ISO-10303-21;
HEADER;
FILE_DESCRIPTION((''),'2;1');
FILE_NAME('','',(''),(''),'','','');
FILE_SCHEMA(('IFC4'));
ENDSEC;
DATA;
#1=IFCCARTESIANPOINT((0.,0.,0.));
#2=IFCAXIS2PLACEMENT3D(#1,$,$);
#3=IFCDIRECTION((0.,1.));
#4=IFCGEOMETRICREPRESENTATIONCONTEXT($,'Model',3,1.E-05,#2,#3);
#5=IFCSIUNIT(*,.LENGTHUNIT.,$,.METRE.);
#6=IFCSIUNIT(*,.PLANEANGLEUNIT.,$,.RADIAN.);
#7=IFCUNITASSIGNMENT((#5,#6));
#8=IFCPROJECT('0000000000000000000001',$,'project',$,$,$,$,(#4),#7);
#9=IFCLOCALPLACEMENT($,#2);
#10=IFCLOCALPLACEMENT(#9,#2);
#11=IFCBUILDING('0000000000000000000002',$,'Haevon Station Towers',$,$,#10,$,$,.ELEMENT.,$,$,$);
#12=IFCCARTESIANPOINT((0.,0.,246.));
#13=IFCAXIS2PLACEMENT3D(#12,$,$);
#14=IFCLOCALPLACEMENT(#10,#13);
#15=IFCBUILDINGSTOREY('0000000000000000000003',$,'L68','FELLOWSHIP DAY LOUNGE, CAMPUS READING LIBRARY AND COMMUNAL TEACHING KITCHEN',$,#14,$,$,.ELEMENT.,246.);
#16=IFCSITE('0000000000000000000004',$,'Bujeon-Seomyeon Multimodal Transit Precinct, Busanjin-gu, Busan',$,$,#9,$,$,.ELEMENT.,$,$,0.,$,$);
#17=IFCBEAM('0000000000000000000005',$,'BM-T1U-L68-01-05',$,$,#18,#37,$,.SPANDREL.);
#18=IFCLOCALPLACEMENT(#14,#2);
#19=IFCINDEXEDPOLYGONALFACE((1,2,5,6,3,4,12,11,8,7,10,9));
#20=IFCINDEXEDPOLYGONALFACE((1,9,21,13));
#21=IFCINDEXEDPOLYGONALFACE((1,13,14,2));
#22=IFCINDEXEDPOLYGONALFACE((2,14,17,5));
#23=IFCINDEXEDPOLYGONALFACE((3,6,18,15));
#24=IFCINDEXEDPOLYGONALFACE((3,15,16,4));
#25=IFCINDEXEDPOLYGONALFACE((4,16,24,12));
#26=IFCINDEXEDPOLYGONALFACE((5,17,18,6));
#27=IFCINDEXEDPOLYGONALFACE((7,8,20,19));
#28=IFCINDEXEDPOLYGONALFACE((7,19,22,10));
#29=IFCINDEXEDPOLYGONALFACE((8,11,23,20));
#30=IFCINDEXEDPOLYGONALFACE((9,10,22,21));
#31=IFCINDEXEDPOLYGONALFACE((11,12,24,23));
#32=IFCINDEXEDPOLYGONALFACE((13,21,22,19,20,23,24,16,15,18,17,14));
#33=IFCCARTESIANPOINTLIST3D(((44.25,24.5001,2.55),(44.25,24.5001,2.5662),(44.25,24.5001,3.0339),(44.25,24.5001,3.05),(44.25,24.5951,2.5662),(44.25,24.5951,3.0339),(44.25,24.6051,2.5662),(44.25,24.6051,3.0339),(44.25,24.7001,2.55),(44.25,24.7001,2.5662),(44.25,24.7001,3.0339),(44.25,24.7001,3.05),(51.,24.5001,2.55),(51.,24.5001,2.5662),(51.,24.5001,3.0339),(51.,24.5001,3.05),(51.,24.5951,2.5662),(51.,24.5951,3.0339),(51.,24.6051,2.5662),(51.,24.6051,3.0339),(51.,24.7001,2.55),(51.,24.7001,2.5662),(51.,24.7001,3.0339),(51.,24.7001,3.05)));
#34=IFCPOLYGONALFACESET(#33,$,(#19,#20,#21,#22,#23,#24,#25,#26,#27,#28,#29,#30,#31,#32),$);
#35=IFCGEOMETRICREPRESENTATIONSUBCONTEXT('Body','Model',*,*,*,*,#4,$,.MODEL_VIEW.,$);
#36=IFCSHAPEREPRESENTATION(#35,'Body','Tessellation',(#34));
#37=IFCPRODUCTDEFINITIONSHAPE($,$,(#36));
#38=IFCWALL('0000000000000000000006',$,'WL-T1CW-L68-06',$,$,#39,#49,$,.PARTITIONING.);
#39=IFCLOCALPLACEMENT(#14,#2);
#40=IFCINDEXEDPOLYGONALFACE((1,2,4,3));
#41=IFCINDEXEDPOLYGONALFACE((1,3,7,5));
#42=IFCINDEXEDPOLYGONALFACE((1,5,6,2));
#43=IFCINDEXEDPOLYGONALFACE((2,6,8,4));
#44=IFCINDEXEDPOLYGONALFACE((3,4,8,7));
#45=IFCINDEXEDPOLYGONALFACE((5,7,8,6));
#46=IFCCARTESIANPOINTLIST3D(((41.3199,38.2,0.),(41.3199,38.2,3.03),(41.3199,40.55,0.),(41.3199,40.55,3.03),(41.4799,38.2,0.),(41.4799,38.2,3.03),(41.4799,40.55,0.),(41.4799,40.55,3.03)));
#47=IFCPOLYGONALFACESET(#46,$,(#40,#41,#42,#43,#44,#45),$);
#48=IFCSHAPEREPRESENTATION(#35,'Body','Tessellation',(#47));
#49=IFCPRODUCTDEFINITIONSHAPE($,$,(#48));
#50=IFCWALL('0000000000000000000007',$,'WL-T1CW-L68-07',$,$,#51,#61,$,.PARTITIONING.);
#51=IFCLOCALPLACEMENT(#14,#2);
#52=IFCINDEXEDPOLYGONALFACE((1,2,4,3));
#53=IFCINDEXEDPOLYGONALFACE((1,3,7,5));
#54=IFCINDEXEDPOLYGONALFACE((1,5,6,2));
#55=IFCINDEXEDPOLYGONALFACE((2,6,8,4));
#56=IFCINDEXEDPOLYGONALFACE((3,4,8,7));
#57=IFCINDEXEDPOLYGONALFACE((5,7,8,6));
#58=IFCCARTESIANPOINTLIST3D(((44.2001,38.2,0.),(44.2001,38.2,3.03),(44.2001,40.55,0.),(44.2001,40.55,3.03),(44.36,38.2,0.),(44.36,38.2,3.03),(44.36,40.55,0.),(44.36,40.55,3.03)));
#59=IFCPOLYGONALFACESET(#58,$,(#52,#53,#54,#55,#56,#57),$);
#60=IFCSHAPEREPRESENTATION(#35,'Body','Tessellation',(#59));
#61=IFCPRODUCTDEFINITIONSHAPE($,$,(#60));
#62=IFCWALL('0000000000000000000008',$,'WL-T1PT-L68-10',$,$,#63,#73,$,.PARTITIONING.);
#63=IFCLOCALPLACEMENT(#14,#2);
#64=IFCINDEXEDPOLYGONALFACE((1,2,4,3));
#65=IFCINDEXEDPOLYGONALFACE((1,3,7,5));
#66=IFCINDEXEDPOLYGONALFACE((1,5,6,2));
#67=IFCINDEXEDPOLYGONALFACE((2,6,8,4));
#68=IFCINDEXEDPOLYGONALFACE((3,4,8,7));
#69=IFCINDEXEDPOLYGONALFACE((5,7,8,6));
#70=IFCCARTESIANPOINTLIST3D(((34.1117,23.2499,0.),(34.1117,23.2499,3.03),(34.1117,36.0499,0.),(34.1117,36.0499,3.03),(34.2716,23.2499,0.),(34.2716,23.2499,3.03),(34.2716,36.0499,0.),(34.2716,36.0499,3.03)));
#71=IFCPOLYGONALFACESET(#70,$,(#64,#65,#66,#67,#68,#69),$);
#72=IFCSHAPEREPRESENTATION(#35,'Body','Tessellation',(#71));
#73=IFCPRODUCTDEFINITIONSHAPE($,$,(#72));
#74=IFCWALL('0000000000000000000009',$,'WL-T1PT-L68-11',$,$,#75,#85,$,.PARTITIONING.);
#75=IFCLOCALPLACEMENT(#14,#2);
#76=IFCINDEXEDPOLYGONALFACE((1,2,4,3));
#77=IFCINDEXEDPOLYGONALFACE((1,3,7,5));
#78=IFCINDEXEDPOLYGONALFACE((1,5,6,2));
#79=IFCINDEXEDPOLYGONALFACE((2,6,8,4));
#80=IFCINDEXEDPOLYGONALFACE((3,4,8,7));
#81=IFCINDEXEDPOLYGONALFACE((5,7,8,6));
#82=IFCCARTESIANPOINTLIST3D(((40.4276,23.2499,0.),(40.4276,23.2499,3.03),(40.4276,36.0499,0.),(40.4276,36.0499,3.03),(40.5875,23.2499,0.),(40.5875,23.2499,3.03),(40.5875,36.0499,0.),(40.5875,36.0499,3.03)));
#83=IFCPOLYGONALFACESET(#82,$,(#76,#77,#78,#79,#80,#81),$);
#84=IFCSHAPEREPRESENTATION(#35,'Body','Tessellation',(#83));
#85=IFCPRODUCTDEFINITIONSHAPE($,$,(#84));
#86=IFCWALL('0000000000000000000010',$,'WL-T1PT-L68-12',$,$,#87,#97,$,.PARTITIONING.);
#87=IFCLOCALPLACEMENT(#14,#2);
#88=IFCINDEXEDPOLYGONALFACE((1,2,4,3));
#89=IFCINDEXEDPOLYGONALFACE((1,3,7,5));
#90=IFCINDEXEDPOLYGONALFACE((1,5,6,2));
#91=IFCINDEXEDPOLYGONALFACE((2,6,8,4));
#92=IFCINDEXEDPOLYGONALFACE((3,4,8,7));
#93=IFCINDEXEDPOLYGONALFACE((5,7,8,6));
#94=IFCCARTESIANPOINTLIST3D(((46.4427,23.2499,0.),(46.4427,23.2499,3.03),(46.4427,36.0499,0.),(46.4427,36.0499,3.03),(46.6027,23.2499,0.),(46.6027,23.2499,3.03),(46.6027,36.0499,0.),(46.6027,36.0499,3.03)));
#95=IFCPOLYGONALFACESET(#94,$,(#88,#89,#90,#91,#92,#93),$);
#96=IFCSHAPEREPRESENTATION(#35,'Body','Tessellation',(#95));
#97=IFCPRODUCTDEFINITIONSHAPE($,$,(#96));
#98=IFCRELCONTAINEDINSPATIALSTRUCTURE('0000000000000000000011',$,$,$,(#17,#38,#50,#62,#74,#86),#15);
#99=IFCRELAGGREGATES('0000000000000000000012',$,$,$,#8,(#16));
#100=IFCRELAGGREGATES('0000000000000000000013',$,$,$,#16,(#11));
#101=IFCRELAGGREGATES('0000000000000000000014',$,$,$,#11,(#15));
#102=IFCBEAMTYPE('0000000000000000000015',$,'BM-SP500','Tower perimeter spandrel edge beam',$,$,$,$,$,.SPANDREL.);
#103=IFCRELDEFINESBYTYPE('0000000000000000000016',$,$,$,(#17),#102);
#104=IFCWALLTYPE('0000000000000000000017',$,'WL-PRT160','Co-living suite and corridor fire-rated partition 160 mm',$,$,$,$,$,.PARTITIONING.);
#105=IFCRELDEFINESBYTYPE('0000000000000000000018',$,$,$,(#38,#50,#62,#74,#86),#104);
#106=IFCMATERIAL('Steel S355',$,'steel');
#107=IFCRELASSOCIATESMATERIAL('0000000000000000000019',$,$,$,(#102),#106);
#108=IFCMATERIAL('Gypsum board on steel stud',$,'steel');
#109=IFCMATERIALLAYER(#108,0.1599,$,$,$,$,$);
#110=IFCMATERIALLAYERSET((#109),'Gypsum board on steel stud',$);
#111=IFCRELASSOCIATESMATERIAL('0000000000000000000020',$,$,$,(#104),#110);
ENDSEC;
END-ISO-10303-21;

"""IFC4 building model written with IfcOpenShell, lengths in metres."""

from ifc_helpers import new_model, si_unit, direction, frame, frame_2d, origin, origin_2d, place, context, subcontext, project, spatial, rectangle, i_section, extrude, material, layer, layer_set, material_profile, profile_set, type_object, element, save


model = new_model("IFC4")

# Units and contexts
model_context = context("Model", 3, precision=1e-05, world=origin(), true_north=direction((0.0, 1.0)))
body_context = subcontext(model_context, "Body", "Model", "MODEL_VIEW")
ifc_project = project(units=[si_unit("LENGTHUNIT", "METRE"), si_unit("PLANEANGLEUNIT", "RADIAN")], contexts=[model_context])

# Site, building, storey
site_placement = place(None, origin())
site = spatial("IfcSite", under=ifc_project, at=site_placement, Name="Bujeon-Seomyeon Multimodal Transit Precinct, Busanjin-gu, Busan", CompositionType="ELEMENT", RefElevation=0.0)
building_placement = place(site_placement, origin())
building = spatial("IfcBuilding", under=site, at=building_placement, Name="Haevon Station Towers", CompositionType="ELEMENT")
storey_placement = place(building_placement, frame((0.0, 0.0, 246.0)))
storey = spatial("IfcBuildingStorey", under=building, at=storey_placement, Name="L68", Description="FELLOWSHIP DAY LOUNGE, CAMPUS READING LIBRARY AND COMMUNAL TEACHING KITCHEN", CompositionType="ELEMENT", Elevation=246.0)

# Shared definitions
ifc_material_1 = material(Name="Steel S355", Category="steel")

# Beam
ifc_material_profile_1 = material_profile(ifc_material_1, i_section(OverallWidth=0.2, OverallDepth=0.5, WebThickness=0.01, FlangeThickness=0.0161, at=origin_2d()), Name="H-500x200x10x16")
ifc_profile_set_1 = profile_set([ifc_material_profile_1], Name="Steel S355")
beam_type_1 = type_object("IfcBeamType", Name="BM-SP500", Description="Tower perimeter spandrel edge beam", PredefinedType="SPANDREL", material=ifc_profile_set_1)
for number, where, z_axis, x_axis, name in (
    (1, (44.25, 24.6001, 2.8), (1.0, 0.0, 0.0), (0.0, 1.0, 0.0), "BM-T1U-L68-01-05"),
):
    element("IfcBeam", number, at=place(storey_placement, frame(where, z_axis=z_axis, x_axis=x_axis)), inside=storey, type_object=beam_type_1, Name=name, PredefinedType="SPANDREL", context=body_context, shape_type="SweptSolid", body=[
        extrude(i_section(OverallWidth=0.2, OverallDepth=0.5, WebThickness=0.01, FlangeThickness=0.0161, at=origin_2d()), origin(), (0.0, 0.0, 1.0), 6.75),
    ])

# Walls
ifc_material_2 = material(Name="Gypsum board on steel stud", Category="steel")
ifc_layer = layer(ifc_material_2, 0.1599)
ifc_layer_set = layer_set([ifc_layer], Name="Gypsum board on steel stud")
wall_type = type_object("IfcWallType", Name="WL-PRT160", Description="Co-living suite and corridor fire-rated partition 160 mm", PredefinedType="PARTITIONING", material=ifc_layer_set)
for number, where, z_axis, x_axis, name in (
    (2, (41.3999, 38.2, 0.0), (0.0, 0.0, 1.0), (0.0, 1.0, 0.0), "WL-T1CW-L68-06"),
    (3, (44.28, 38.2, 0.0), (0.0, 0.0, 1.0), (0.0, 1.0, 0.0), "WL-T1CW-L68-07"),
):
    element("IfcWall", number, at=place(storey_placement, frame(where, z_axis=z_axis, x_axis=x_axis)), inside=storey, type_object=wall_type, Name=name, PredefinedType="PARTITIONING", context=body_context, shape_type="SweptSolid", body=[
        extrude(rectangle(XDim=2.3501, YDim=0.1599, at=frame_2d((1.175, 0.0))), origin(), (0.0, 0.0, 1.0), 3.03),
    ])
for number, where, z_axis, x_axis, name in (
    (4, (34.1917, 23.25, 0.0), (0.0, 0.0, 1.0), (0.0, 1.0, 0.0), "WL-T1PT-L68-10"),
    (5, (40.5076, 23.25, 0.0), (0.0, 0.0, 1.0), (0.0, 1.0, 0.0), "WL-T1PT-L68-11"),
    (6, (46.5227, 23.25, 0.0), (0.0, 0.0, 1.0), (0.0, 1.0, 0.0), "WL-T1PT-L68-12"),
):
    element("IfcWall", number, at=place(storey_placement, frame(where, z_axis=z_axis, x_axis=x_axis)), inside=storey, type_object=wall_type, Name=name, PredefinedType="PARTITIONING", context=body_context, shape_type="SweptSolid", body=[
        extrude(rectangle(XDim=12.8, YDim=0.1599, at=frame_2d((6.3999, 0.0))), origin(), (0.0, 0.0, 1.0), 3.03),
    ])

save(model, "model.ifc")
